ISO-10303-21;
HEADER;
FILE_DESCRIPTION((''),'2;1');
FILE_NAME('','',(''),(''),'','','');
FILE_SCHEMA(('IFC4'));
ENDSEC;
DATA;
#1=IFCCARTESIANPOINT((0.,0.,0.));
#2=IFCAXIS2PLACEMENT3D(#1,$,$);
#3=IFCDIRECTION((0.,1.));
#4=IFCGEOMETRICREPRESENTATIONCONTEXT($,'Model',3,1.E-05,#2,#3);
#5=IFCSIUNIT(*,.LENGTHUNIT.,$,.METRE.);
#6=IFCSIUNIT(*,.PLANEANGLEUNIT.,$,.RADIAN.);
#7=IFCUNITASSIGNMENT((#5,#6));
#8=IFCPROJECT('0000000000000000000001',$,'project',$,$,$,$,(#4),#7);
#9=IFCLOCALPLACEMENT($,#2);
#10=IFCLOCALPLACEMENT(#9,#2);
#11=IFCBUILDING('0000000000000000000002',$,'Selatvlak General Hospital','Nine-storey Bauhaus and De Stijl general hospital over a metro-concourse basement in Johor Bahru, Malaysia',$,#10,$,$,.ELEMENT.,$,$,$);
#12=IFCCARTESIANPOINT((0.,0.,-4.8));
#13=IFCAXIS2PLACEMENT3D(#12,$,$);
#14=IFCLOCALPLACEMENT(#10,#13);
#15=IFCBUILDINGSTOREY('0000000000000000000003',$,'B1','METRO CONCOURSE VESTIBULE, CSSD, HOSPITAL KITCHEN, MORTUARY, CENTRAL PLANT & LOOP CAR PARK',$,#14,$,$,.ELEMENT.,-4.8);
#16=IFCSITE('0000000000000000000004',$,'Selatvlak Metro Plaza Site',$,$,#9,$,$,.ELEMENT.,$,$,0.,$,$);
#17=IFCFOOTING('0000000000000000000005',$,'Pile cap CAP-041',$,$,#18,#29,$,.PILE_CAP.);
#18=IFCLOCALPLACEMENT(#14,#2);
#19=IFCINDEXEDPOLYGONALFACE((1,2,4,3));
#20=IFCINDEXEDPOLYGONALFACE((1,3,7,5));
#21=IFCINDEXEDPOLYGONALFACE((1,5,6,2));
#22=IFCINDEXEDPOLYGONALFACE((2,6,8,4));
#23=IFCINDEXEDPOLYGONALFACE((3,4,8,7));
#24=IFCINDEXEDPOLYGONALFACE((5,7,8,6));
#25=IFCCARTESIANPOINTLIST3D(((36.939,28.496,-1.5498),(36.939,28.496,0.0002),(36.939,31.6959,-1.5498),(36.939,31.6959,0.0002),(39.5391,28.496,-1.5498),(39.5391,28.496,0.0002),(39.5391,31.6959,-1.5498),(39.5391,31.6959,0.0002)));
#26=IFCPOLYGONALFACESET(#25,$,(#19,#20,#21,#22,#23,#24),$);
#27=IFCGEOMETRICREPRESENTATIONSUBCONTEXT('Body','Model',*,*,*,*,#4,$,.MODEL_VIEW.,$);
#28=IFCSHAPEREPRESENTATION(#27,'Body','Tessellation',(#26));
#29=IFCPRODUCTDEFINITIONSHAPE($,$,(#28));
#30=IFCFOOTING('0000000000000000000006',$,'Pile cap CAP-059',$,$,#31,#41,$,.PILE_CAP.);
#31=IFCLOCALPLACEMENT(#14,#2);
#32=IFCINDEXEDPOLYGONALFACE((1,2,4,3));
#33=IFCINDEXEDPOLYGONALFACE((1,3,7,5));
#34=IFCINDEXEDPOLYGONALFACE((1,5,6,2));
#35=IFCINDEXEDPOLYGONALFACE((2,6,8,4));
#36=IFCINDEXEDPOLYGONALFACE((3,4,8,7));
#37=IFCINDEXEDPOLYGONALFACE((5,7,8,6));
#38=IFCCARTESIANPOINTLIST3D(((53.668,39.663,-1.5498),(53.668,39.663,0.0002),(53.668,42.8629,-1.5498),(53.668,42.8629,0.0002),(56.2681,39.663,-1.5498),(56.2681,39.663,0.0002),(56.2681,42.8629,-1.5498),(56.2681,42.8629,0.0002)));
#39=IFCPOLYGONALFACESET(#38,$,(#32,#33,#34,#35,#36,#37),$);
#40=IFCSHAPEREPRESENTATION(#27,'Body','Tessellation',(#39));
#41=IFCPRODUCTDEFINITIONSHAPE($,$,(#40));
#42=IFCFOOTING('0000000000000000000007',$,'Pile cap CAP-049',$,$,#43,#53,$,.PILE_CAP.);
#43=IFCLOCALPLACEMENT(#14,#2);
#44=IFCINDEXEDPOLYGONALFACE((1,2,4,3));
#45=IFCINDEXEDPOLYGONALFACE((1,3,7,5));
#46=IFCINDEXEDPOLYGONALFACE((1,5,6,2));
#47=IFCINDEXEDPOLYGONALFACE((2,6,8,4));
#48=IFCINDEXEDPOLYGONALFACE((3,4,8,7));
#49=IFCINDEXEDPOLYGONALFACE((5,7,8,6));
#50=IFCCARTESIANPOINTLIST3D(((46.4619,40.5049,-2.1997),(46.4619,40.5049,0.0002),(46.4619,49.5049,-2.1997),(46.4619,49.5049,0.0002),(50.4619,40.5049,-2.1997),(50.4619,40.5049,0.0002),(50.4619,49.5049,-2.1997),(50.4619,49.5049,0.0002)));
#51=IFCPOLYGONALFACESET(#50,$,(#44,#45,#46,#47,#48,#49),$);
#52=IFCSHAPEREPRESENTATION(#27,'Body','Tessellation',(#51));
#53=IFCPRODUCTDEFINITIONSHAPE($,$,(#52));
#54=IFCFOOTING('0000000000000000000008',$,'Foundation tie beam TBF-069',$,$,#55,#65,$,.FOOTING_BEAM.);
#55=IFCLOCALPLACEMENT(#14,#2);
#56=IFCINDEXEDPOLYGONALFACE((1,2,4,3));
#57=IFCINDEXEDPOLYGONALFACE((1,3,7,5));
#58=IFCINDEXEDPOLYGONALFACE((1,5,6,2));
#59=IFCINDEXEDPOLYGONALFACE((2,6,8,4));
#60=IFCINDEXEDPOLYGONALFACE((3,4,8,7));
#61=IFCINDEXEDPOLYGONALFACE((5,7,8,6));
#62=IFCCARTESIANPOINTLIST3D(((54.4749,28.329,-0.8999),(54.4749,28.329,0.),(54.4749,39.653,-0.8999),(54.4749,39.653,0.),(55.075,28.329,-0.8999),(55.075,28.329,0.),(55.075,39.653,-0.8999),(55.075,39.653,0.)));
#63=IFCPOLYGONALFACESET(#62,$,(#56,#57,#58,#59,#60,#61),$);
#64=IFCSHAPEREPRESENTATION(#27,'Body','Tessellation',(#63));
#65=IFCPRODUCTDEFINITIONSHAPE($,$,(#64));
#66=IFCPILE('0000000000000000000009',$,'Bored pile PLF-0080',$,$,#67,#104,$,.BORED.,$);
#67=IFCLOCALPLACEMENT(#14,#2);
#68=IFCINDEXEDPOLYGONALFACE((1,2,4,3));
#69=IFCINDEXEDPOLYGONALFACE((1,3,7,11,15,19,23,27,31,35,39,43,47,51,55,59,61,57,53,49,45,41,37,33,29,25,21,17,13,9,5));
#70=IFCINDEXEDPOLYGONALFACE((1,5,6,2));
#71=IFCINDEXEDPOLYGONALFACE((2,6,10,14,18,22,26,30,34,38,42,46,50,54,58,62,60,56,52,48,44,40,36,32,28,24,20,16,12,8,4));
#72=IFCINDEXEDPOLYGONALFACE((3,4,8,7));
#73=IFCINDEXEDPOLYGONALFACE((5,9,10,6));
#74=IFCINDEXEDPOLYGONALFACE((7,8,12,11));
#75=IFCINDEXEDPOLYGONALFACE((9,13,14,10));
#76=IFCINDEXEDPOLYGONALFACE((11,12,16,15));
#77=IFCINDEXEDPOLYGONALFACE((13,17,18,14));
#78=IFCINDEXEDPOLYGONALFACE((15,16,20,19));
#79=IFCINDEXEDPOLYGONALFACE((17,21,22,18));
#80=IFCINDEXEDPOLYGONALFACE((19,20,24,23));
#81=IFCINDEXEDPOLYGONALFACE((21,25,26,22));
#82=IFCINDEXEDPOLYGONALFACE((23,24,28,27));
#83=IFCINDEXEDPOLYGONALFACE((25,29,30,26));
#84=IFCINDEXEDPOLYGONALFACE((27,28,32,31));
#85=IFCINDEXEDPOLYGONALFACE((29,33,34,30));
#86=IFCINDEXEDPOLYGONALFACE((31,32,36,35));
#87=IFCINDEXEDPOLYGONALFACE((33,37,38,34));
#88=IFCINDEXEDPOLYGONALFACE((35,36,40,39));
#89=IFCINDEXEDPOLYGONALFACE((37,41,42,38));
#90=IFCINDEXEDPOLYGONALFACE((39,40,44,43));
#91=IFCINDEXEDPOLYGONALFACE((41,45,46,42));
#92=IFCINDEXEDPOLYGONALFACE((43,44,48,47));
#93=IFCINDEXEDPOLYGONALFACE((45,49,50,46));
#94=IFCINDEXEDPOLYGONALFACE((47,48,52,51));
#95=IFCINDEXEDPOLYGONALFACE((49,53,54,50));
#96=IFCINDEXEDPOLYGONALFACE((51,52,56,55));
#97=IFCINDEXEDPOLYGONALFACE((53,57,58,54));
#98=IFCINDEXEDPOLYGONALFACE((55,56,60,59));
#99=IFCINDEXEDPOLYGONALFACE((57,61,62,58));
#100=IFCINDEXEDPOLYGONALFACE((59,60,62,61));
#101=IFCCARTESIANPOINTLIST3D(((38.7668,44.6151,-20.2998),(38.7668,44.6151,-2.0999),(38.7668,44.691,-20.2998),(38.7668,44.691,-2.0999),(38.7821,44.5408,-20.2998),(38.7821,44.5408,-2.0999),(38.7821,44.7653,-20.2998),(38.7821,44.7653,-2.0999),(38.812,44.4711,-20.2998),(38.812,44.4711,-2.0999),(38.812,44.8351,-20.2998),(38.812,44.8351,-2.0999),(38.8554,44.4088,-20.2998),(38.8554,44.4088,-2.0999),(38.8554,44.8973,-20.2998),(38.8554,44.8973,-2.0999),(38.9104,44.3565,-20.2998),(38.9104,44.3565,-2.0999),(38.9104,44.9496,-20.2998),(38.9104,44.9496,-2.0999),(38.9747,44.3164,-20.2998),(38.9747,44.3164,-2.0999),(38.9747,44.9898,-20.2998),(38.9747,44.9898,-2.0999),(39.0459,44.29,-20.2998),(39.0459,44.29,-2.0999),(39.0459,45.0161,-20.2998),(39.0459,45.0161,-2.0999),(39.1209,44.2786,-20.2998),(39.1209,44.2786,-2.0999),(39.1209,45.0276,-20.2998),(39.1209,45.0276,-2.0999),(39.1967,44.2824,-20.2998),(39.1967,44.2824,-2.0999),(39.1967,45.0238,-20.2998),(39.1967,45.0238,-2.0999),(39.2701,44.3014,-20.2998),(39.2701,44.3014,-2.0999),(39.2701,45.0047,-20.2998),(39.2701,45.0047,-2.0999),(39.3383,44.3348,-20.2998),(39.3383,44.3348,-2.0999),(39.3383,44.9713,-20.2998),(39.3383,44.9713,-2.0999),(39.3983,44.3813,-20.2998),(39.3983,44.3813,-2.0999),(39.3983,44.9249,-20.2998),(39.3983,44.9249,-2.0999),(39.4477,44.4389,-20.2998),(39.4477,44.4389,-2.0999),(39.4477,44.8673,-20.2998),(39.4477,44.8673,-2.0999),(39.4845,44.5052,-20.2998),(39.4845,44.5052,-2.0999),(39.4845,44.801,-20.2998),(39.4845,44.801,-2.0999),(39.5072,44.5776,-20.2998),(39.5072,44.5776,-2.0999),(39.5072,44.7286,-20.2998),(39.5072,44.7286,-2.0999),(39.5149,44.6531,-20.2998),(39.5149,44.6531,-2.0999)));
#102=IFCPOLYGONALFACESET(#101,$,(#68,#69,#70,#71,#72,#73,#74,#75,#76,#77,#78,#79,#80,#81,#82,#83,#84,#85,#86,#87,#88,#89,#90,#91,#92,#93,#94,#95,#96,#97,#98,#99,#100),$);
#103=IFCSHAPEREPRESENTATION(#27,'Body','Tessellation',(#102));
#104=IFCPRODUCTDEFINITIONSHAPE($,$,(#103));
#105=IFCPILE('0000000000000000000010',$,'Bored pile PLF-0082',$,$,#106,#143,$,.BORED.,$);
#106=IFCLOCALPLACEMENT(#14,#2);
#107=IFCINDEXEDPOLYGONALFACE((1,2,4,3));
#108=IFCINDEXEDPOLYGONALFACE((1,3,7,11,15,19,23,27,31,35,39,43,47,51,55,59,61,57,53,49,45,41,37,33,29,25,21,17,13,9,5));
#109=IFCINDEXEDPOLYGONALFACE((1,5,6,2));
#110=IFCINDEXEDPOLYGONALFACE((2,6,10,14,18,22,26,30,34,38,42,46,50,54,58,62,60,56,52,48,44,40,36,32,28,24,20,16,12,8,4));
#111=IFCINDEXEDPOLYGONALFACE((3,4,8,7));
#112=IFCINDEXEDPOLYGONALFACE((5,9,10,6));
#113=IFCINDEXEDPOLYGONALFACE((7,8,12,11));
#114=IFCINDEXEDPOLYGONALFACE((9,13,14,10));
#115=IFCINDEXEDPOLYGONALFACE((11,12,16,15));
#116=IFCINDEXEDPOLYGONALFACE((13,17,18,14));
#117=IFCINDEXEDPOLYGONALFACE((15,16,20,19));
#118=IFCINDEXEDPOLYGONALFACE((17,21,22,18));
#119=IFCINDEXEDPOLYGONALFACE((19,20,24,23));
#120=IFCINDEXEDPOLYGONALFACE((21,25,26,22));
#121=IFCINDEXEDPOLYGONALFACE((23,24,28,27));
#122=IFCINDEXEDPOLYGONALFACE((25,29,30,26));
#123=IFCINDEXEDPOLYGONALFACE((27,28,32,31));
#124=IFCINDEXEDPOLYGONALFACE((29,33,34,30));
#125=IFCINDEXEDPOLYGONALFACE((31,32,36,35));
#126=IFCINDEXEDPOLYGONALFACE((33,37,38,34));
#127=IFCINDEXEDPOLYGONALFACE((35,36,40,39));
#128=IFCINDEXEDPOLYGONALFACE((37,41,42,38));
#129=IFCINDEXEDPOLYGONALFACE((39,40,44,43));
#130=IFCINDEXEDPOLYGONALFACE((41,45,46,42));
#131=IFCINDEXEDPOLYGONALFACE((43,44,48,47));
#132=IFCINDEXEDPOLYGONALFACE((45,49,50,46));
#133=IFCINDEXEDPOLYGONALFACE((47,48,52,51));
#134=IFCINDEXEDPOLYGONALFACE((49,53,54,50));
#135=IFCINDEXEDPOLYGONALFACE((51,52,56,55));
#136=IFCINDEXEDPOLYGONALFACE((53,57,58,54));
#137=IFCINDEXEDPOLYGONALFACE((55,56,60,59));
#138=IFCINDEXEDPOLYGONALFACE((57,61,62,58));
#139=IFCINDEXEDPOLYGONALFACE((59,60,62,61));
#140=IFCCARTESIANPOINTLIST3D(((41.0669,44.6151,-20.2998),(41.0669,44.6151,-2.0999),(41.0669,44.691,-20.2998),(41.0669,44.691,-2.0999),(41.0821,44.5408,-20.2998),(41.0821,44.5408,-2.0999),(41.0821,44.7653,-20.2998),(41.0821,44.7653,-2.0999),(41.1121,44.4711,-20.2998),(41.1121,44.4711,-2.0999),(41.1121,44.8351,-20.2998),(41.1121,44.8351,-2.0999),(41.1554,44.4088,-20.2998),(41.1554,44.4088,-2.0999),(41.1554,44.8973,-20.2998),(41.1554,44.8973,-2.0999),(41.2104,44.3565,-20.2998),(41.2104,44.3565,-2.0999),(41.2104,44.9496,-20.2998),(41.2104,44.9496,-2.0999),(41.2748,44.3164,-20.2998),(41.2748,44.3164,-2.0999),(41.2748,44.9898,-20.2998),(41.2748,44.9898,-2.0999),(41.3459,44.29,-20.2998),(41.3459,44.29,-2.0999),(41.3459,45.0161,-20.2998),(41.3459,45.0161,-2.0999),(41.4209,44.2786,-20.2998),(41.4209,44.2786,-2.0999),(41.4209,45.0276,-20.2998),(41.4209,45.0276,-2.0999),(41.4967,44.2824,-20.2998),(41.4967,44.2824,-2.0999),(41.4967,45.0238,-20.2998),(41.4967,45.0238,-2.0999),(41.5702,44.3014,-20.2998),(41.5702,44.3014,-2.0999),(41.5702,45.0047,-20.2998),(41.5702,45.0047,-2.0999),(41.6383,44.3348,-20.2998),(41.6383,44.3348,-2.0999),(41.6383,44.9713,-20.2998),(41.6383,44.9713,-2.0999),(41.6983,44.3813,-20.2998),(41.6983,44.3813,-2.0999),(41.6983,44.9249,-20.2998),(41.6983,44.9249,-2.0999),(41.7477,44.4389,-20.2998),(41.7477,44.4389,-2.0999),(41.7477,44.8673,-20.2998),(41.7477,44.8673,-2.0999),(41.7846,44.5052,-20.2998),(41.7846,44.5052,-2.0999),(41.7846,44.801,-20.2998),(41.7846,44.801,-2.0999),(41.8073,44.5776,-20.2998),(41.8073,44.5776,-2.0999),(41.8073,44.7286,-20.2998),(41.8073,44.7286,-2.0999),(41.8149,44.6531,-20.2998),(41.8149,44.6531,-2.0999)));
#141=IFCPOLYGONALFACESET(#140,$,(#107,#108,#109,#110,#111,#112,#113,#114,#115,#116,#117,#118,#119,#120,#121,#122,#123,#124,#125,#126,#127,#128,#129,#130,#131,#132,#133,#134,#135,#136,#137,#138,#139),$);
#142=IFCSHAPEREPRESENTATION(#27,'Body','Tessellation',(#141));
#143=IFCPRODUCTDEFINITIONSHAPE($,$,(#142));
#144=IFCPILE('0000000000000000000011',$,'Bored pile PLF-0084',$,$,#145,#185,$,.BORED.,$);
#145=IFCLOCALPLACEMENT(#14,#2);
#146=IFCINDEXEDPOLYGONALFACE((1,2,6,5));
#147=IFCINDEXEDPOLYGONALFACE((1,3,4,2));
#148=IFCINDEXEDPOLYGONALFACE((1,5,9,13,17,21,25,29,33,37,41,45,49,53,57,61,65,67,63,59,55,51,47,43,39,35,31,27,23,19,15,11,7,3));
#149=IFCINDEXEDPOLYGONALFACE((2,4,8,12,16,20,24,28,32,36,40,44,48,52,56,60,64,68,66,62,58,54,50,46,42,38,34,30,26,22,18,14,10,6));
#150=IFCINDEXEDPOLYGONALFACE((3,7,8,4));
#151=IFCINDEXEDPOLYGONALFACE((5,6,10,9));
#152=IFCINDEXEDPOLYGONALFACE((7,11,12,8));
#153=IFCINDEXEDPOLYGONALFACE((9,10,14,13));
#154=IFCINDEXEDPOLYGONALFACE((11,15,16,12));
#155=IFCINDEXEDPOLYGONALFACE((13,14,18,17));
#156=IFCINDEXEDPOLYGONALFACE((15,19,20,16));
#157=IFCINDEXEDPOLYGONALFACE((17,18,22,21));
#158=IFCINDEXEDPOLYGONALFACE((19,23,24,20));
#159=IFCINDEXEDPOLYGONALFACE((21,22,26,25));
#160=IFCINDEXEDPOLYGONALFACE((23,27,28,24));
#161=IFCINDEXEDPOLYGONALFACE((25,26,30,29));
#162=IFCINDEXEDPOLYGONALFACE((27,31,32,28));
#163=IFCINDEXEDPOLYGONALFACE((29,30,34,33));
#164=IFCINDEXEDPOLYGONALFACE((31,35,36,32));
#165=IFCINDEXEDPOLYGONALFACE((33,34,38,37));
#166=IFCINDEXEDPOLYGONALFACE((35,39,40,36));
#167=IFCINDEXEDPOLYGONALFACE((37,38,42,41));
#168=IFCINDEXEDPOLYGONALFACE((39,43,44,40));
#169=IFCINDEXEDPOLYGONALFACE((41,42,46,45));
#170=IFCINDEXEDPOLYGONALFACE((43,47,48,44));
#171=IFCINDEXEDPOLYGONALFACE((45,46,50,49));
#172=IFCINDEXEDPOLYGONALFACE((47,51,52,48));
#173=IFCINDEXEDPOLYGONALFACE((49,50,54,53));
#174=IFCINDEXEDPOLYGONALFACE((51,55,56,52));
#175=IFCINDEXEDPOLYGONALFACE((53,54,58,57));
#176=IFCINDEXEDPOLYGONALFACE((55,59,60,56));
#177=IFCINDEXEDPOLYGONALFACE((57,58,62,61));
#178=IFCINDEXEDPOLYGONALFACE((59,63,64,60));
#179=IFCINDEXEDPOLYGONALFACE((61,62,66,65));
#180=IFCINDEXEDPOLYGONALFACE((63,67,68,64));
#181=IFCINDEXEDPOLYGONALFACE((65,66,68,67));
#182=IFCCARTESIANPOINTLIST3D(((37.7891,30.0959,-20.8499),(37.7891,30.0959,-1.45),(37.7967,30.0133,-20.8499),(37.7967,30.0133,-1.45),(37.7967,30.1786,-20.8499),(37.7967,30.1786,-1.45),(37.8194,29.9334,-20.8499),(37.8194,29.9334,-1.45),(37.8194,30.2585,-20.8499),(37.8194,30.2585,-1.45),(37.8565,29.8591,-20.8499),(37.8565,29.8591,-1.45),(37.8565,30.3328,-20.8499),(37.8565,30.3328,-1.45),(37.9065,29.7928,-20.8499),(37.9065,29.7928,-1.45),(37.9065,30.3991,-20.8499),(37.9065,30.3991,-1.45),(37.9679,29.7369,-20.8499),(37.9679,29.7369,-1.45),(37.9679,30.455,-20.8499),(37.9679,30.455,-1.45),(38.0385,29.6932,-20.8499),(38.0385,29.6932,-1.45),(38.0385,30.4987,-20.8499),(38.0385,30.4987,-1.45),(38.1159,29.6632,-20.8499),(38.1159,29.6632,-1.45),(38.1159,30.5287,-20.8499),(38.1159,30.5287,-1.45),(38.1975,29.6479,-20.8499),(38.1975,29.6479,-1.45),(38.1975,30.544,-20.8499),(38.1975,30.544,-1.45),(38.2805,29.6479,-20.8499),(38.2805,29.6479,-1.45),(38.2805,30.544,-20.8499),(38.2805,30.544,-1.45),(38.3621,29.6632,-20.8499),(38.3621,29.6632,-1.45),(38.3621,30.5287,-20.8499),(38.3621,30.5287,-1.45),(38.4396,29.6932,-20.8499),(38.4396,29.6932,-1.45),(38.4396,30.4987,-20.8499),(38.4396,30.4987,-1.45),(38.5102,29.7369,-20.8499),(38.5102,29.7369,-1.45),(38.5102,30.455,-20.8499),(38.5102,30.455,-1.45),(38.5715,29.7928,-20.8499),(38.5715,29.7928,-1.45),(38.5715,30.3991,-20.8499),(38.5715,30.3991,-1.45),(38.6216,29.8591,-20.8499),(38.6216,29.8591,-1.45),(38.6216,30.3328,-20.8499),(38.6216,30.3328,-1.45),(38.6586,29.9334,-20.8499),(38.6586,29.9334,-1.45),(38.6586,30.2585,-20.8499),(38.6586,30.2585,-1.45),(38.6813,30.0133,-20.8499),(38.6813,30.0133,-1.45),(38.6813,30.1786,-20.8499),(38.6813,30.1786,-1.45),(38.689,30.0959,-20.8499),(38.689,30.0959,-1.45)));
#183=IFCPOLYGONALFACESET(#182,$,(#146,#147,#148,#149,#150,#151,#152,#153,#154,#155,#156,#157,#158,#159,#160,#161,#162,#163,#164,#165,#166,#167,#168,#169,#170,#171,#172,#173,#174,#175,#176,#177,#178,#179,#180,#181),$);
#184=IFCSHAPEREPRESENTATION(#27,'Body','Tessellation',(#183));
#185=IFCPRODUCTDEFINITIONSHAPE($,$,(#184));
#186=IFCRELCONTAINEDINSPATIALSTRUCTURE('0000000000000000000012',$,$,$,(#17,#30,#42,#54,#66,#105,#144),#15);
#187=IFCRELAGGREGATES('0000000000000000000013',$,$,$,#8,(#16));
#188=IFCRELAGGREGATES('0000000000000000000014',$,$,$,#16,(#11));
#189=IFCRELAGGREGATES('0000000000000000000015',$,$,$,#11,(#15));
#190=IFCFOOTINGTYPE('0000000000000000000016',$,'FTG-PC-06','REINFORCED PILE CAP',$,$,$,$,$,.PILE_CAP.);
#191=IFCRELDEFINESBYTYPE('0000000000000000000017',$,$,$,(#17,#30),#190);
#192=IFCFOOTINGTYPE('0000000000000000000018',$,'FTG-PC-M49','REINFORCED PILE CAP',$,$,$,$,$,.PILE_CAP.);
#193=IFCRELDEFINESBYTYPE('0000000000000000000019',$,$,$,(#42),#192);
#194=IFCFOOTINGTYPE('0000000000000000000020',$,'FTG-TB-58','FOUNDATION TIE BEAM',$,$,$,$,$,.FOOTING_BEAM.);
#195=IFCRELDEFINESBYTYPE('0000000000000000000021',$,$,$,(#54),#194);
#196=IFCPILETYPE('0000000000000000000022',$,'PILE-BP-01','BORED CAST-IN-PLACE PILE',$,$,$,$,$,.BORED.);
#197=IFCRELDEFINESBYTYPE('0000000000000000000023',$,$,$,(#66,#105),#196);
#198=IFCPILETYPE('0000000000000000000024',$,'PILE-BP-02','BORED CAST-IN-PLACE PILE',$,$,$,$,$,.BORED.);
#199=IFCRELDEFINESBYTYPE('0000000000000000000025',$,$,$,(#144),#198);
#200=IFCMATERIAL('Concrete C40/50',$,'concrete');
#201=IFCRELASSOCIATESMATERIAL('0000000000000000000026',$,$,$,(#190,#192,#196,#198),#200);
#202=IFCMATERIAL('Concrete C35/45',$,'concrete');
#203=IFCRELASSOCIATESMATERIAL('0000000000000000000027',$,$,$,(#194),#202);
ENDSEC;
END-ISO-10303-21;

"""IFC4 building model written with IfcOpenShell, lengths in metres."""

from ifc_helpers import new_model, si_unit, direction, frame, origin, origin_2d, place, context, subcontext, project, spatial, rectangle, circle, extrude, material, material_profile, profile_set, type_object, element, save


model = new_model("IFC4")

# Units and contexts
model_context = context("Model", 3, precision=1e-05, world=origin(), true_north=direction((0.0, 1.0)))
body_context = subcontext(model_context, "Body", "Model", "MODEL_VIEW")
ifc_project = project(units=[si_unit("LENGTHUNIT", "METRE"), si_unit("PLANEANGLEUNIT", "RADIAN")], contexts=[model_context])

# Site, building, storey
site_placement = place(None, origin())
site = spatial("IfcSite", under=ifc_project, at=site_placement, Name="Selatvlak Metro Plaza Site", CompositionType="ELEMENT", RefElevation=0.0)
building_placement = place(site_placement, origin())
building = spatial("IfcBuilding", under=site, at=building_placement, Name="Selatvlak General Hospital", Description="Nine-storey Bauhaus and De Stijl general hospital over a metro-concourse basement in Johor Bahru, Malaysia", CompositionType="ELEMENT")
storey_placement = place(building_placement, frame((0.0, 0.0, -4.8)))
storey = spatial("IfcBuildingStorey", under=building, at=storey_placement, Name="B1", Description="METRO CONCOURSE VESTIBULE, CSSD, HOSPITAL KITCHEN, MORTUARY, CENTRAL PLANT & LOOP CAR PARK", CompositionType="ELEMENT", Elevation=-4.8)

# Footings
ifc_material_1 = material(Name="Concrete C40/50", Category="concrete")
footing_type_1 = type_object("IfcFootingType", Name="FTG-PC-06", Description="REINFORCED PILE CAP", PredefinedType="PILE_CAP", material=ifc_material_1)
for number, where, z_axis, x_axis, name in (
    (1, (38.239, 30.0959, -1.5498), (0.0, 0.0, 1.0), (1.0, 0.0, 0.0), "Pile cap CAP-041"),
    (2, (54.968, 41.2629, -1.5498), (0.0, 0.0, 1.0), (1.0, 0.0, 0.0), "Pile cap CAP-059"),
):
    element("IfcFooting", number, at=place(storey_placement, frame(where, z_axis=z_axis, x_axis=x_axis)), inside=storey, type_object=footing_type_1, Name=name, PredefinedType="PILE_CAP", context=body_context, shape_type="SweptSolid", body=[
        extrude(rectangle(XDim=2.6001, YDim=3.2, at=origin_2d()), origin(), (0.0, 0.0, 1.0), 1.55),
    ])
footing_type_2 = type_object("IfcFootingType", Name="FTG-PC-M49", Description="REINFORCED PILE CAP", PredefinedType="PILE_CAP", material=ifc_material_1)
footing_1_placement = place(storey_placement, frame((48.4619, 45.0049, -2.1997), z_axis=(0.0, 0.0, 1.0), x_axis=(1.0, 0.0, 0.0)))
element("IfcFooting", 3, at=footing_1_placement, inside=storey, type_object=footing_type_2, Name="Pile cap CAP-049", PredefinedType="PILE_CAP", context=body_context, shape_type="SweptSolid", body=[
    extrude(rectangle(XDim=4.0, YDim=9.0, at=origin_2d()), origin(), (0.0, 0.0, 1.0), 2.2),
])
ifc_material_2 = material(Name="Concrete C35/45", Category="concrete")
footing_type_3 = type_object("IfcFootingType", Name="FTG-TB-58", Description="FOUNDATION TIE BEAM", PredefinedType="FOOTING_BEAM", material=ifc_material_2)
footing_2_placement = place(storey_placement, frame((54.7749, 33.991, -0.8999), z_axis=(0.0, 0.0, 1.0), x_axis=(0.0, 1.0, 0.0)))
element("IfcFooting", 4, at=footing_2_placement, inside=storey, type_object=footing_type_3, Name="Foundation tie beam TBF-069", PredefinedType="FOOTING_BEAM", context=body_context, shape_type="SweptSolid", body=[
    extrude(rectangle(XDim=11.324, YDim=0.6001, at=origin_2d()), origin(), (0.0, 0.0, 1.0), 0.8999),
])

# Piles
ifc_material_profile_1 = material_profile(ifc_material_1, circle(Radius=0.375, at=origin_2d()), Name="BORED PILE 750")
ifc_profile_set_1 = profile_set([ifc_material_profile_1], Name="Concrete C40/50")
pile_type_1 = type_object("IfcPileType", Name="PILE-BP-01", Description="BORED CAST-IN-PLACE PILE", PredefinedType="BORED", material=ifc_profile_set_1)
for number, where, z_axis, x_axis, name in (
    (5, (39.1399, 44.6531, -2.0999), (0.0, 0.0, -1.0), (1.0, 0.0, 0.0), "Bored pile PLF-0080"),
    (6, (41.4399, 44.6531, -2.0999), (0.0, 0.0, -1.0), (1.0, 0.0, 0.0), "Bored pile PLF-0082"),
):
    element("IfcPile", number, at=place(storey_placement, frame(where, z_axis=z_axis, x_axis=x_axis)), inside=storey, type_object=pile_type_1, Name=name, PredefinedType="BORED", context=body_context, shape_type="SweptSolid", body=[
        extrude(circle(Radius=0.375, at=origin_2d()), origin(), (0.0, 0.0, 1.0), 18.2),
    ])
ifc_material_profile_2 = material_profile(ifc_material_1, circle(Radius=0.45, at=origin_2d()), Name="BORED PILE 900")
ifc_profile_set_2 = profile_set([ifc_material_profile_2], Name="Concrete C40/50")
pile_type_2 = type_object("IfcPileType", Name="PILE-BP-02", Description="BORED CAST-IN-PLACE PILE", PredefinedType="BORED", material=ifc_profile_set_2)
pile_1_placement = place(storey_placement, frame((38.239, 30.0959, -1.45), z_axis=(0.0, 0.0, -1.0), x_axis=(1.0, 0.0, 0.0)))
element("IfcPile", 7, at=pile_1_placement, inside=storey, type_object=pile_type_2, Name="Bored pile PLF-0084", PredefinedType="BORED", context=body_context, shape_type="SweptSolid", body=[
    extrude(circle(Radius=0.45, at=origin_2d()), origin(), (0.0, 0.0, 1.0), 19.3999),
])

save(model, "model.ifc")
